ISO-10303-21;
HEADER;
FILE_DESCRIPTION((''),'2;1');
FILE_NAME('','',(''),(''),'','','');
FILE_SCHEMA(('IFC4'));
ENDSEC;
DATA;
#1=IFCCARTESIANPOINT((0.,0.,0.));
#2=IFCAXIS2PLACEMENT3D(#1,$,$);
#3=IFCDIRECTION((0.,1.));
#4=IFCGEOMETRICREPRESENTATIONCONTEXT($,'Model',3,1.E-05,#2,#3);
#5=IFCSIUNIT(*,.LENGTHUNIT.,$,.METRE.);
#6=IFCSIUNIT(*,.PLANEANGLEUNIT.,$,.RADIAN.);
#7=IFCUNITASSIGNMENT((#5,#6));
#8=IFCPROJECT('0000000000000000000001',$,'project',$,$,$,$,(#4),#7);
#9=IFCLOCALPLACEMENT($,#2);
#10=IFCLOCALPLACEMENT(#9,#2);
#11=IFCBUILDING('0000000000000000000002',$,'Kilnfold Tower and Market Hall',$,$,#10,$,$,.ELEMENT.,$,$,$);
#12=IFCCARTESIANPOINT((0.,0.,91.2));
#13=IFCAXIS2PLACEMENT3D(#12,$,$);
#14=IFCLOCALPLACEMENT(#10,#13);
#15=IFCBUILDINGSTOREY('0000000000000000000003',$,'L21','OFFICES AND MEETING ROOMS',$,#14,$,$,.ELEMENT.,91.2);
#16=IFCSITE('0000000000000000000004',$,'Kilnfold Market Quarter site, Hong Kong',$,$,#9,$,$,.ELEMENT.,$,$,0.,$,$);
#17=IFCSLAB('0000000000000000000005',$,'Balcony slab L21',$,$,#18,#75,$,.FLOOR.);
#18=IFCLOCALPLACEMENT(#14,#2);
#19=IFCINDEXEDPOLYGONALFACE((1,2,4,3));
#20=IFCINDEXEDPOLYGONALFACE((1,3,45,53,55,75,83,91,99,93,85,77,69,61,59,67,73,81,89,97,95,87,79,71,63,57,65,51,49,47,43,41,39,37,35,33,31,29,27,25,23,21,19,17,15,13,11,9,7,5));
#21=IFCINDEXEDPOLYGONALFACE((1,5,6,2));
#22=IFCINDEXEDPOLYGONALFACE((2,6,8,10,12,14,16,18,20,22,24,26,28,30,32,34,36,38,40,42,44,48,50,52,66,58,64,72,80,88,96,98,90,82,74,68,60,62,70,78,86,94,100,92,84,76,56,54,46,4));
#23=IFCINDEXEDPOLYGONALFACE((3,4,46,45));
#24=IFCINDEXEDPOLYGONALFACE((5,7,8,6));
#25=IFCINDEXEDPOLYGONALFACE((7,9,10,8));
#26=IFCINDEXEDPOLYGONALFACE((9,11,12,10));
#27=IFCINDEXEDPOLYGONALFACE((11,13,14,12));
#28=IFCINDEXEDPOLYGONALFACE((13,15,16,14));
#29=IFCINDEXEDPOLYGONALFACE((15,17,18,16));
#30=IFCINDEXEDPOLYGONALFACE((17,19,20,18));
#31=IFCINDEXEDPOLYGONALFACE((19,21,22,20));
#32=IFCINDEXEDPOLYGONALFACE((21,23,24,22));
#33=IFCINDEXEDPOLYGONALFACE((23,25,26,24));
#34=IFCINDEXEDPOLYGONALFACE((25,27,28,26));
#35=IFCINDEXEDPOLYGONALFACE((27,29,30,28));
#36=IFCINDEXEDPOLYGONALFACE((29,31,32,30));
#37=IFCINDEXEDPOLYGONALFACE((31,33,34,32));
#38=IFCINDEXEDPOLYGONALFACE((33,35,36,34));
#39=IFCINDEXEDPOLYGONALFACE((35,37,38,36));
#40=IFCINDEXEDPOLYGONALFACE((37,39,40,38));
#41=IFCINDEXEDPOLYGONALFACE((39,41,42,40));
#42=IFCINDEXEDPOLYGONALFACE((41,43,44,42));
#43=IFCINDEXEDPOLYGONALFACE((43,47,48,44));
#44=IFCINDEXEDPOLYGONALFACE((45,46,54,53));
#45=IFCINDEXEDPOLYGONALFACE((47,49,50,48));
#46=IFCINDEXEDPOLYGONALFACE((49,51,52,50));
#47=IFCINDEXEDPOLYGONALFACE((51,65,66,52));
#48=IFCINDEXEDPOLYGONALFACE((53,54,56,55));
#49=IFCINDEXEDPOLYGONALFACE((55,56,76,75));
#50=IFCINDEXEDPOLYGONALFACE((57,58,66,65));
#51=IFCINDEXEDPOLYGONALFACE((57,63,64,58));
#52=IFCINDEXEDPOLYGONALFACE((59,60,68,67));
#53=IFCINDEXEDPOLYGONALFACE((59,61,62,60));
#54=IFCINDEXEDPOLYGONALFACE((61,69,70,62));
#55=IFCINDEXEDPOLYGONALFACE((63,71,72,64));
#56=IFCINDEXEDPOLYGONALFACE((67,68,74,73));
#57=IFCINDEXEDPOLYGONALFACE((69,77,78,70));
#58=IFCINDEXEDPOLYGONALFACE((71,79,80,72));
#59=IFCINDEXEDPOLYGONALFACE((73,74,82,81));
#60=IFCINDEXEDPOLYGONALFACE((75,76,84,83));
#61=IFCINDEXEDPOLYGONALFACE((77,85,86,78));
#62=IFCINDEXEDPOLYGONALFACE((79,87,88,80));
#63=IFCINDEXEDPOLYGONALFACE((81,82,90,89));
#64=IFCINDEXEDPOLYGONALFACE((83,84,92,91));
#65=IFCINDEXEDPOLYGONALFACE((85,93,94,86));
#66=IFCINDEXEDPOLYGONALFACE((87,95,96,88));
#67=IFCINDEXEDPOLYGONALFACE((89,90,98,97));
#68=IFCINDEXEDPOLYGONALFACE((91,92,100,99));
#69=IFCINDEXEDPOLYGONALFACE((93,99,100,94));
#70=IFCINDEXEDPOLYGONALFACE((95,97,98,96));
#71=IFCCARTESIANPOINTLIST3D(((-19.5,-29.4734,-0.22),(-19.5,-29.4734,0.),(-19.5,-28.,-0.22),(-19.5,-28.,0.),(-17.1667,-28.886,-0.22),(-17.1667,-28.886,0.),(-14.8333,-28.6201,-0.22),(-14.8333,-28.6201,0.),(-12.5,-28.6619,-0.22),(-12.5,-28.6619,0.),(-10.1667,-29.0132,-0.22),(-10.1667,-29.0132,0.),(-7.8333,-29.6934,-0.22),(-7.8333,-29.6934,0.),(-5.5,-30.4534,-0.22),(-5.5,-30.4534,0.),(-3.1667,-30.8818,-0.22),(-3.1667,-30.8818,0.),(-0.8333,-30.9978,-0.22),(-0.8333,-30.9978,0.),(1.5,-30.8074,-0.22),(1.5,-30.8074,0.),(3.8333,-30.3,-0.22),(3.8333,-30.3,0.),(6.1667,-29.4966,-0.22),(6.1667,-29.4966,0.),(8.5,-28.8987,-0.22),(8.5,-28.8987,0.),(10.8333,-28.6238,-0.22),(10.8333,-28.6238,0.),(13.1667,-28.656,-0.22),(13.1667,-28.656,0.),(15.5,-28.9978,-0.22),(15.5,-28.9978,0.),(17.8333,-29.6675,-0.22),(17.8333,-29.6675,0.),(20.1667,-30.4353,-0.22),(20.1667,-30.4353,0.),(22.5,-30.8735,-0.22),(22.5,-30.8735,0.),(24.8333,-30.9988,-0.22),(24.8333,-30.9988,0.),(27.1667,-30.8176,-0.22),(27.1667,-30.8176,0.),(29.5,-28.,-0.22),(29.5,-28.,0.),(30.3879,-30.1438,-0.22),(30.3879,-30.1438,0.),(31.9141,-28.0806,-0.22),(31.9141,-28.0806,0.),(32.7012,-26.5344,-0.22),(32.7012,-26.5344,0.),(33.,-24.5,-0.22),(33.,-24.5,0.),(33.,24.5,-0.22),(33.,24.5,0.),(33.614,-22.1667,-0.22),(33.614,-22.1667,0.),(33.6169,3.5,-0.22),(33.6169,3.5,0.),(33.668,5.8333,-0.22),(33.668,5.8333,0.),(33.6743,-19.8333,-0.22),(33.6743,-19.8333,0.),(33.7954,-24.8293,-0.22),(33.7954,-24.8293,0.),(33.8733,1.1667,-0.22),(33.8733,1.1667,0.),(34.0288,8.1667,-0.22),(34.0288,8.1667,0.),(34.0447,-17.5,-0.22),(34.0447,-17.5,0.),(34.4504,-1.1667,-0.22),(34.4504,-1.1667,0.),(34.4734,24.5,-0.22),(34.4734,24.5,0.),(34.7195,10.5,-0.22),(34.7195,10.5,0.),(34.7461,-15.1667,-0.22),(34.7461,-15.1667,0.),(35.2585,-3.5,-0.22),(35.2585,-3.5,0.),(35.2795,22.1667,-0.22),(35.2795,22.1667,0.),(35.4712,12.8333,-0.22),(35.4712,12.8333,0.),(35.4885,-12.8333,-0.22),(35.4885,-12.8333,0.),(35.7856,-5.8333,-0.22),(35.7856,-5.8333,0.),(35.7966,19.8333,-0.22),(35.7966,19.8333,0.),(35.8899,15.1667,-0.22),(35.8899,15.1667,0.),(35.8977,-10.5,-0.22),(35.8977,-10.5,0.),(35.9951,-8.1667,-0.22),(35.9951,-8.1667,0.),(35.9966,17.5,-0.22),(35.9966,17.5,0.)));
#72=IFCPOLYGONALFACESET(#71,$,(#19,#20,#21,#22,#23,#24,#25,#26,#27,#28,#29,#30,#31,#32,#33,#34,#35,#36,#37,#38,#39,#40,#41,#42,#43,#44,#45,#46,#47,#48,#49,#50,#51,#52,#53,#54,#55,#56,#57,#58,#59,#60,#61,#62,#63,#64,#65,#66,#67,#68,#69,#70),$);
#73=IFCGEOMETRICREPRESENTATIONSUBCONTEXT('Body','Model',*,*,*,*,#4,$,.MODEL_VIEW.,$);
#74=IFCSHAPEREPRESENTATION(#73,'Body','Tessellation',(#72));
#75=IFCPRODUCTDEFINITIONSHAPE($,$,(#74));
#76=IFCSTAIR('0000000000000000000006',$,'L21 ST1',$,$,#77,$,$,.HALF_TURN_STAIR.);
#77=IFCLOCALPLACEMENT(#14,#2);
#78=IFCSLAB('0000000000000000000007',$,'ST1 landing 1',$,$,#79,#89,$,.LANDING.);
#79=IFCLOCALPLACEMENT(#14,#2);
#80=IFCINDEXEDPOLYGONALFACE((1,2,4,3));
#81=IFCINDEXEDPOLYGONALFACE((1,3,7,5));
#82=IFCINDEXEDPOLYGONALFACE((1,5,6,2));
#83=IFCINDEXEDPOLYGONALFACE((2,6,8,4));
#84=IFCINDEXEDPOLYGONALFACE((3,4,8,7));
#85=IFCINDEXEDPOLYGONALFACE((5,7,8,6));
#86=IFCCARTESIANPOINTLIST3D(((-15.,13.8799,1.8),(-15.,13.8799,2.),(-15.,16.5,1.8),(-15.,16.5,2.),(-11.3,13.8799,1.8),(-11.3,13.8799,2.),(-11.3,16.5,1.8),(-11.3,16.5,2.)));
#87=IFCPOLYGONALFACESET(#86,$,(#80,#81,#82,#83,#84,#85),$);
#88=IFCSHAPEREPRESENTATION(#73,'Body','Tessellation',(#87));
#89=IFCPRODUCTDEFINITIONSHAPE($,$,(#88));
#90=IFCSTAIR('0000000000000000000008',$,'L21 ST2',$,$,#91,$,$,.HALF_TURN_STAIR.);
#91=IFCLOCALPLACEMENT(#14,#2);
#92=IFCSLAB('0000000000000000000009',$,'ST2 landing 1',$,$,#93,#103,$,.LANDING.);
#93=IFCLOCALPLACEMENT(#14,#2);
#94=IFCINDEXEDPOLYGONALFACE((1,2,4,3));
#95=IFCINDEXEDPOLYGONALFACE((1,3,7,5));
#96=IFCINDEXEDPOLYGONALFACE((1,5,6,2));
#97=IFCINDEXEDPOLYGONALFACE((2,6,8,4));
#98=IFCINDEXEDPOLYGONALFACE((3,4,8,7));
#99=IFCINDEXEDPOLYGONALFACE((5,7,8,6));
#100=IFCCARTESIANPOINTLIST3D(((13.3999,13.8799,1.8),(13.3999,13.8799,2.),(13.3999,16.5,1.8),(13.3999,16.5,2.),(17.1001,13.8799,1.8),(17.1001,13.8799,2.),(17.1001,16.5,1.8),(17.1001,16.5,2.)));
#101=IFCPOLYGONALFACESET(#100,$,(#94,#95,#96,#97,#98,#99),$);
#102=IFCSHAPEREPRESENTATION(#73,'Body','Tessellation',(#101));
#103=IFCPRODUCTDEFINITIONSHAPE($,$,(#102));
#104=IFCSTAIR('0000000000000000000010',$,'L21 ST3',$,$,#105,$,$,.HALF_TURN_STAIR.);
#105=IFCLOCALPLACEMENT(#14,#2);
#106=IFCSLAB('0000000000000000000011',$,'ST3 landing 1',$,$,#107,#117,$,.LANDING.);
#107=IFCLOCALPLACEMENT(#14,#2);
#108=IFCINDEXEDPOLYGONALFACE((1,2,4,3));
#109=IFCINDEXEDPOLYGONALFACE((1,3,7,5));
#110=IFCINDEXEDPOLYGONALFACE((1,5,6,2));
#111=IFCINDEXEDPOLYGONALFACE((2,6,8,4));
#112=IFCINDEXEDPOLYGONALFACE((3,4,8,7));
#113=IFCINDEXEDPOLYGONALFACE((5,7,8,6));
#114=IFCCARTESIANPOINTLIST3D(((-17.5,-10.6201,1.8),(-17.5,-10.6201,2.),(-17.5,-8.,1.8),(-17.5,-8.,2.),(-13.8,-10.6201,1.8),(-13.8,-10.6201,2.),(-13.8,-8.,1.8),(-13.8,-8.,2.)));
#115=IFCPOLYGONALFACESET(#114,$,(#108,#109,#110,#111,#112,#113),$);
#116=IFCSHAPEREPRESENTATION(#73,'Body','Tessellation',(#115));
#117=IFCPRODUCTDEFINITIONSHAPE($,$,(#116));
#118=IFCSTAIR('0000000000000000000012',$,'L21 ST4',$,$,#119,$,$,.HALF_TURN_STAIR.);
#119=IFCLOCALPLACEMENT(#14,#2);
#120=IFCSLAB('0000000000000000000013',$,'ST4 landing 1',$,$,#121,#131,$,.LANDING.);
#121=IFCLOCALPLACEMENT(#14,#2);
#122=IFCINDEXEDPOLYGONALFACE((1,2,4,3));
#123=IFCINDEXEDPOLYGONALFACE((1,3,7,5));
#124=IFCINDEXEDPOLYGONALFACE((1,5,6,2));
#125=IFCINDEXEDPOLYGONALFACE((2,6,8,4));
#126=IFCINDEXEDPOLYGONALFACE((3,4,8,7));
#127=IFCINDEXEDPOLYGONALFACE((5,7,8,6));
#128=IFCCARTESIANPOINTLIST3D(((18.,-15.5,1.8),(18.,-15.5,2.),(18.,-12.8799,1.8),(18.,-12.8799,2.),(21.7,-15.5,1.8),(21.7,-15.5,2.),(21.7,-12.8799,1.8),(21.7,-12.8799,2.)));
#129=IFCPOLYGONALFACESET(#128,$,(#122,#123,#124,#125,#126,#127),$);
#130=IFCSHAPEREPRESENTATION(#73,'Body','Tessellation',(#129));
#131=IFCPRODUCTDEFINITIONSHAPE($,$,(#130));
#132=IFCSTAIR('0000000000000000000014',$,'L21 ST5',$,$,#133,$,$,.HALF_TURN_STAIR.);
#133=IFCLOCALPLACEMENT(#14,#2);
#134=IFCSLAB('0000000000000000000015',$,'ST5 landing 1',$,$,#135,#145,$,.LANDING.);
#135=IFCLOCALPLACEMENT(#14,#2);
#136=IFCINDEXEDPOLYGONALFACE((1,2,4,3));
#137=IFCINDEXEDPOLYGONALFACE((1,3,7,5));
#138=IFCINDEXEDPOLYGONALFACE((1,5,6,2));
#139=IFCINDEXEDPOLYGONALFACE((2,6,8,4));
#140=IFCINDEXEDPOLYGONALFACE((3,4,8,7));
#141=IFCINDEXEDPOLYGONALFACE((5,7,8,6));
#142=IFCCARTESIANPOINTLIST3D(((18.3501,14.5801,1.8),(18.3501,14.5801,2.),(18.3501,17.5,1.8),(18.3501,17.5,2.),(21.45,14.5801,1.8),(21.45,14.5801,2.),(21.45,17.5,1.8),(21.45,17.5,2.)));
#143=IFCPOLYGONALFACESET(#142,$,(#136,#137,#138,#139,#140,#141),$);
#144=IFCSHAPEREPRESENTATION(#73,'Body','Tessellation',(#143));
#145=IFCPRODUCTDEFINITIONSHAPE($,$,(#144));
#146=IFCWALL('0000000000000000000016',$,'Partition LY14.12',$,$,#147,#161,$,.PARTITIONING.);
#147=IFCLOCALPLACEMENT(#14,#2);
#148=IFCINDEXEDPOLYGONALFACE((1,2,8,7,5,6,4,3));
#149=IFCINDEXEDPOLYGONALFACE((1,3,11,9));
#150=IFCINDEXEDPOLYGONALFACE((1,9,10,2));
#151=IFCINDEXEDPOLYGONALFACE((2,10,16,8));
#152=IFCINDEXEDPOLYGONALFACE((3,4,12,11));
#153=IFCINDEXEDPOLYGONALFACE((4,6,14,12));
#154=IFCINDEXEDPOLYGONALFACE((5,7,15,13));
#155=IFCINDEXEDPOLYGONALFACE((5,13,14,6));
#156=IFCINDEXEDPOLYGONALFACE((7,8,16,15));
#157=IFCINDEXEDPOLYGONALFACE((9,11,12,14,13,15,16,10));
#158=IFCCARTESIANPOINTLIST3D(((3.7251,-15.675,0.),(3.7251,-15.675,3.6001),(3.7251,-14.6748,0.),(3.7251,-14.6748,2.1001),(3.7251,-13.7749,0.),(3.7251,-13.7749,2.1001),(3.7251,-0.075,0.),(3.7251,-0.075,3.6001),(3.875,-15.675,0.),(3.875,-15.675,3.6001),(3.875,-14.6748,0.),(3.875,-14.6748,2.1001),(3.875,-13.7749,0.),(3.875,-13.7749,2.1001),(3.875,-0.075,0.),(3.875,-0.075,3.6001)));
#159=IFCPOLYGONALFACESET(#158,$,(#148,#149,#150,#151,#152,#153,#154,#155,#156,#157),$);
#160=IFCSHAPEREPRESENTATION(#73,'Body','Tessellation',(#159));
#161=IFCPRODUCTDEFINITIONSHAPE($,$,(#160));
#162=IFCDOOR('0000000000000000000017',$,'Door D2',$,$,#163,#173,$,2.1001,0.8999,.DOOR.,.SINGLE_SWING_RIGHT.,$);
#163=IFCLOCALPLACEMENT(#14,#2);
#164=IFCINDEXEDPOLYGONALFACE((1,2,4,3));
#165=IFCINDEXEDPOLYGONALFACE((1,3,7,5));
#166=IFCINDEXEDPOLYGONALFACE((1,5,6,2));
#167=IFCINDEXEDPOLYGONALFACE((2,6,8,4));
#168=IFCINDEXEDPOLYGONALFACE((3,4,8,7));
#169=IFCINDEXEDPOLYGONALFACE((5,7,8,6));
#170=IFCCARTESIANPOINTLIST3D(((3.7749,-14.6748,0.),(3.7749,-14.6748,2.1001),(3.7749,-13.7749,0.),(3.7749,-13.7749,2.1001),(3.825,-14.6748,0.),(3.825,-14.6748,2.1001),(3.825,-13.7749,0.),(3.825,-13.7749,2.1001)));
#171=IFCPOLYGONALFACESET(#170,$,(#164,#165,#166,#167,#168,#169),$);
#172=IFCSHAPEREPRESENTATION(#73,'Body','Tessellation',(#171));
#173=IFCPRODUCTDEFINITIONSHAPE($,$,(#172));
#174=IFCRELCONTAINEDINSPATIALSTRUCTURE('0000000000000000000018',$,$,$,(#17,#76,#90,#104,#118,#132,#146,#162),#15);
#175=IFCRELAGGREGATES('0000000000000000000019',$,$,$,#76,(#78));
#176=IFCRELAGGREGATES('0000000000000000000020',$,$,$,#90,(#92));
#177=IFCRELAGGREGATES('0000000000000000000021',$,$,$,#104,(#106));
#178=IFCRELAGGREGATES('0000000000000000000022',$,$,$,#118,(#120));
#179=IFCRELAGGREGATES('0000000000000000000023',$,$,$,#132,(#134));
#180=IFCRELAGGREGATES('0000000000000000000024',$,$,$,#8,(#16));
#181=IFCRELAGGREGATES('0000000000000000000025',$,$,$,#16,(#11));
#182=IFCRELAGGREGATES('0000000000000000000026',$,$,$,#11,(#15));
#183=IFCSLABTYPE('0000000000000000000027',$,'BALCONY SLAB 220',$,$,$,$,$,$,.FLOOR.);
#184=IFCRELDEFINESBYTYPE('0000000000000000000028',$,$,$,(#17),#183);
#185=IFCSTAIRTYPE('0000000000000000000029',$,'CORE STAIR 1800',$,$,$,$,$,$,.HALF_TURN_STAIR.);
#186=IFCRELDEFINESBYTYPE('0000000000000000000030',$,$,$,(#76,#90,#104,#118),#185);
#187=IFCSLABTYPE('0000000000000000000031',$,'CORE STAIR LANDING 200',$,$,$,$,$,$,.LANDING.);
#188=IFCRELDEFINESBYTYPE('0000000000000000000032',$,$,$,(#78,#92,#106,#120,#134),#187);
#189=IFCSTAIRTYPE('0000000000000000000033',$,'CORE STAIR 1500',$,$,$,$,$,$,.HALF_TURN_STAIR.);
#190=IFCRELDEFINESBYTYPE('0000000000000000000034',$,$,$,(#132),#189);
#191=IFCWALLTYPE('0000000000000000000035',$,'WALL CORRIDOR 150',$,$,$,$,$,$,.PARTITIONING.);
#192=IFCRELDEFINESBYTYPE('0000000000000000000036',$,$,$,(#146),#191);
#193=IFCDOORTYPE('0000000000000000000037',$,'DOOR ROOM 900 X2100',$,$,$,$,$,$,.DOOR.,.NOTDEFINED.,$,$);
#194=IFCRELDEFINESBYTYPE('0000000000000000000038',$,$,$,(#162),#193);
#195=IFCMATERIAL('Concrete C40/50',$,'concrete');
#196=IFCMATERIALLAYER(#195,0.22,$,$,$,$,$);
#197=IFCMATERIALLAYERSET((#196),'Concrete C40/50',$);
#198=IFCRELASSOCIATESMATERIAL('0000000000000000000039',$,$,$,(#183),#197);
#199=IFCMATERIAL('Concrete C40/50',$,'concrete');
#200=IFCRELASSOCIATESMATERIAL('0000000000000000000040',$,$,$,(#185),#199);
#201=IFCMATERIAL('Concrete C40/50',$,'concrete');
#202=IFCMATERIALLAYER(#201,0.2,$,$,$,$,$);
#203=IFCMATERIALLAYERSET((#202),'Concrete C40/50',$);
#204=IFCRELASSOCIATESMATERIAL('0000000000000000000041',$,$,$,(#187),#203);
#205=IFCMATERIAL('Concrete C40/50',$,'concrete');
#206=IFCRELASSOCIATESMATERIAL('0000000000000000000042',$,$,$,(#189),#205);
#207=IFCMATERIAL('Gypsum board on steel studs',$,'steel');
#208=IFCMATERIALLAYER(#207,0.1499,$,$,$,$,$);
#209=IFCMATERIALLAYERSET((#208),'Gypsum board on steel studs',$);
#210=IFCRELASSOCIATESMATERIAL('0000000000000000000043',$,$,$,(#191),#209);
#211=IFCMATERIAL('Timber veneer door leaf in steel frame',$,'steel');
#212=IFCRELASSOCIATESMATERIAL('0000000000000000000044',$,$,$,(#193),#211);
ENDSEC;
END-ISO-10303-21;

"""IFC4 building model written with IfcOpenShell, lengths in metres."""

from ifc_helpers import new_model, si_unit, direction, frame, frame_2d, origin, place, context, subcontext, project, spatial, polyline, rectangle, outline, extrude, source, transform, mapped, material, layer, layer_set, type_object, element, fill, aggregate, save


model = new_model("IFC4")

# Units and contexts
model_context = context("Model", 3, precision=1e-05, world=origin(), true_north=direction((0.0, 1.0)))
body_context = subcontext(model_context, "Body", "Model", "MODEL_VIEW")
ifc_project = project(units=[si_unit("LENGTHUNIT", "METRE"), si_unit("PLANEANGLEUNIT", "RADIAN")], contexts=[model_context])

# Site, building, storey
site_placement = place(None, origin())
site = spatial("IfcSite", under=ifc_project, at=site_placement, Name="Kilnfold Market Quarter site, Hong Kong", CompositionType="ELEMENT", RefElevation=0.0)
building_placement = place(site_placement, origin())
building = spatial("IfcBuilding", under=site, at=building_placement, Name="Kilnfold Tower and Market Hall", CompositionType="ELEMENT")
storey_placement = place(building_placement, frame((0.0, 0.0, 91.2)))
storey = spatial("IfcBuildingStorey", under=building, at=storey_placement, Name="L21", Description="OFFICES AND MEETING ROOMS", CompositionType="ELEMENT", Elevation=91.2)

# Slab
ifc_material_1 = material(Name="Concrete C40/50", Category="concrete")
ifc_layer_1 = layer(ifc_material_1, 0.22)
ifc_layer_set_1 = layer_set([ifc_layer_1], Name="Concrete C40/50")
slab_type_1 = type_object("IfcSlabType", Name="BALCONY SLAB 220", PredefinedType="FLOOR", material=ifc_layer_set_1)
shared_shape_1 = source(origin(), body_context, "Body", "SweptSolid", [
    extrude(outline(polyline([(-19.5, -28.0), (29.5, -28.0), (33.0, -24.5), (33.0, 24.5), (34.4734, 24.5), (35.2795, 22.1667), (35.7966, 19.8333), (35.9966, 17.5), (35.8899, 15.1667), (35.4712, 12.8333), (34.7195, 10.5), (34.0288, 8.1667), (33.668, 5.8333), (33.6169, 3.5), (33.8733, 1.1667), (34.4504, -1.1667), (35.2585, -3.5), (35.7856, -5.8333), (35.9951, -8.1667), (35.8977, -10.5), (35.4885, -12.8333), (34.7461, -15.1667), (34.0447, -17.5), (33.6743, -19.8333), (33.614, -22.1667), (33.7954, -24.8293), (32.7012, -26.5344), (31.9141, -28.0806), (30.3879, -30.1438), (27.1667, -30.8176), (24.8333, -30.9988), (22.5, -30.8735), (20.1667, -30.4353), (17.8333, -29.6675), (15.5, -28.9978), (13.1667, -28.656), (10.8333, -28.6238), (8.5, -28.8987), (6.1667, -29.4966), (3.8333, -30.3), (1.5, -30.8074), (-0.8333, -30.9978), (-3.1667, -30.8818), (-5.5, -30.4534), (-7.8333, -29.6934), (-10.1667, -29.0132), (-12.5, -28.6619), (-14.8333, -28.6201), (-17.1667, -28.886), (-19.5, -29.4734), (-19.5, -28.0)])), origin(), (0.0, 0.0, 1.0), 0.22),
])
slab_1_placement = place(storey_placement, frame((0.0, 0.0, -0.22)))
element("IfcSlab", 1, at=slab_1_placement, inside=storey, type_object=slab_type_1, Name="Balcony slab L21", PredefinedType="FLOOR", context=body_context, shape_type="MappedRepresentation", body=[
    mapped(shared_shape_1, transform((0.0, 0.0, 0.0))),
])

# Stairs, slabs
ifc_material_2 = material(Name="Concrete C40/50", Category="concrete")
stair_type_1 = type_object("IfcStairType", Name="CORE STAIR 1800", PredefinedType="HALF_TURN_STAIR", material=ifc_material_2)
stair_1_placement = place(storey_placement, origin())
stair_1 = element("IfcStair", 2, at=stair_1_placement, inside=storey, type_object=stair_type_1, Name="L21 ST1", PredefinedType="HALF_TURN_STAIR")
ifc_material_3 = material(Name="Concrete C40/50", Category="concrete")
ifc_layer_2 = layer(ifc_material_3, 0.2)
ifc_layer_set_2 = layer_set([ifc_layer_2], Name="Concrete C40/50")
slab_type_2 = type_object("IfcSlabType", Name="CORE STAIR LANDING 200", PredefinedType="LANDING", material=ifc_layer_set_2)
shared_shape_2 = source(origin(), body_context, "Body", "SweptSolid", [
    extrude(outline(polyline([(-11.3, 13.8799), (-11.3, 16.5), (-15.0, 16.5), (-15.0, 13.8799), (-11.3, 13.8799)])), origin(), (0.0, 0.0, 1.0), 0.2),
])
slab_2_placement = place(storey_placement, frame((0.0, 0.0, 1.8)))
slab_2 = element("IfcSlab", 3, at=slab_2_placement, type_object=slab_type_2, Name="ST1 landing 1", PredefinedType="LANDING", context=body_context, shape_type="MappedRepresentation", body=[
    mapped(shared_shape_2, transform((0.0, 0.0, 0.0))),
])
aggregate(stair_1, [slab_2])
stair_2_placement = place(storey_placement, origin())
stair_2 = element("IfcStair", 4, at=stair_2_placement, inside=storey, type_object=stair_type_1, Name="L21 ST2", PredefinedType="HALF_TURN_STAIR")
shared_shape_3 = source(origin(), body_context, "Body", "SweptSolid", [
    extrude(outline(polyline([(17.1001, 13.8799), (17.1001, 16.5), (13.3999, 16.5), (13.3999, 13.8799), (17.1001, 13.8799)])), origin(), (0.0, 0.0, 1.0), 0.2),
])
slab_3_placement = place(storey_placement, frame((0.0, 0.0, 1.8)))
slab_3 = element("IfcSlab", 5, at=slab_3_placement, type_object=slab_type_2, Name="ST2 landing 1", PredefinedType="LANDING", context=body_context, shape_type="MappedRepresentation", body=[
    mapped(shared_shape_3, transform((0.0, 0.0, 0.0))),
])
aggregate(stair_2, [slab_3])
stair_3_placement = place(storey_placement, origin())
stair_3 = element("IfcStair", 6, at=stair_3_placement, inside=storey, type_object=stair_type_1, Name="L21 ST3", PredefinedType="HALF_TURN_STAIR")
shared_shape_4 = source(origin(), body_context, "Body", "SweptSolid", [
    extrude(outline(polyline([(-13.8, -10.6201), (-13.8, -8.0), (-17.5, -8.0), (-17.5, -10.6201), (-13.8, -10.6201)])), origin(), (0.0, 0.0, 1.0), 0.2),
])
slab_4_placement = place(storey_placement, frame((0.0, 0.0, 1.8)))
slab_4 = element("IfcSlab", 7, at=slab_4_placement, type_object=slab_type_2, Name="ST3 landing 1", PredefinedType="LANDING", context=body_context, shape_type="MappedRepresentation", body=[
    mapped(shared_shape_4, transform((0.0, 0.0, 0.0))),
])
aggregate(stair_3, [slab_4])
stair_4_placement = place(storey_placement, origin())
stair_4 = element("IfcStair", 8, at=stair_4_placement, inside=storey, type_object=stair_type_1, Name="L21 ST4", PredefinedType="HALF_TURN_STAIR")
shared_shape_5 = source(origin(), body_context, "Body", "SweptSolid", [
    extrude(outline(polyline([(18.0, -12.8799), (18.0, -15.5), (21.7, -15.5), (21.7, -12.8799), (18.0, -12.8799)])), origin(), (0.0, 0.0, 1.0), 0.2),
])
slab_5_placement = place(storey_placement, frame((0.0, 0.0, 1.8)))
slab_5 = element("IfcSlab", 9, at=slab_5_placement, type_object=slab_type_2, Name="ST4 landing 1", PredefinedType="LANDING", context=body_context, shape_type="MappedRepresentation", body=[
    mapped(shared_shape_5, transform((0.0, 0.0, 0.0))),
])
aggregate(stair_4, [slab_5])
ifc_material_4 = material(Name="Concrete C40/50", Category="concrete")
stair_type_2 = type_object("IfcStairType", Name="CORE STAIR 1500", PredefinedType="HALF_TURN_STAIR", material=ifc_material_4)
stair_5_placement = place(storey_placement, origin())
stair_5 = element("IfcStair", 10, at=stair_5_placement, inside=storey, type_object=stair_type_2, Name="L21 ST5", PredefinedType="HALF_TURN_STAIR")
shared_shape_6 = source(origin(), body_context, "Body", "SweptSolid", [
    extrude(outline(polyline([(21.45, 14.5801), (21.45, 17.5), (18.3501, 17.5), (18.3501, 14.5801), (21.45, 14.5801)])), origin(), (0.0, 0.0, 1.0), 0.2),
])
slab_6_placement = place(storey_placement, frame((0.0, 0.0, 1.8)))
slab_6 = element("IfcSlab", 11, at=slab_6_placement, type_object=slab_type_2, Name="ST5 landing 1", PredefinedType="LANDING", context=body_context, shape_type="MappedRepresentation", body=[
    mapped(shared_shape_6, transform((0.0, 0.0, 0.0))),
])
aggregate(stair_5, [slab_6])

# Wall, opening, door
ifc_material_5 = material(Name="Gypsum board on steel studs", Category="steel")
ifc_layer_3 = layer(ifc_material_5, 0.1499)
ifc_layer_set_3 = layer_set([ifc_layer_3], Name="Gypsum board on steel studs")
wall_type_1 = type_object("IfcWallType", Name="WALL CORRIDOR 150", PredefinedType="PARTITIONING", material=ifc_layer_set_3)
wall_1_placement = place(storey_placement, frame((3.8, -0.075, 0.0), z_axis=(0.0, 0.0, 1.0), x_axis=(0.0, -1.0, 0.0)))
wall_1 = element("IfcWall", 12, at=wall_1_placement, inside=storey, type_object=wall_type_1, Name="Partition LY14.12", PredefinedType="PARTITIONING", context=body_context, shape_type="SweptSolid", body=[
    extrude(rectangle(XDim=15.6001, YDim=0.1499, at=frame_2d((7.8, 0.0))), origin(), (0.0, 0.0, 1.0), 3.6001),
])
opening_1_placement = place(wall_1_placement, frame((13.7, 0.0, 0.0)))
opening_1 = element("IfcOpeningElement", 13, at=opening_1_placement, cuts=wall_1, PredefinedType="OPENING", context=body_context, shape_type="SweptSolid", body=[
    extrude(rectangle(XDim=0.8999, YDim=2.1001, at=frame_2d((0.45, 1.05))), frame((0.0, 0.085, 0.0), z_axis=(0.0, -1.0, 0.0), x_axis=(1.0, 0.0, 0.0)), (0.0, 0.0, 1.0), 0.1699),
])
ifc_material_6 = material(Name="Timber veneer door leaf in steel frame", Category="steel")
door_type_1 = type_object("IfcDoorType", Name="DOOR ROOM 900 X2100", OperationType="NOTDEFINED", PredefinedType="DOOR", material=ifc_material_6)
door_1_placement = place(opening_1_placement, origin())
door_1 = element("IfcDoor", 14, at=door_1_placement, inside=storey, type_object=door_type_1, Name="Door D2", OperationType="SINGLE_SWING_RIGHT", OverallHeight=2.1001, OverallWidth=0.8999, PredefinedType="DOOR", context=body_context, shape_type="SweptSolid", body=[
    extrude(rectangle(XDim=0.8999, YDim=2.1001, at=frame_2d((0.45, 1.05))), frame((0.0, 0.0249, 0.0), z_axis=(0.0, -1.0, 0.0), x_axis=(1.0, 0.0, 0.0)), (0.0, 0.0, 1.0), 0.05),
])
fill(opening_1, door_1)

save(model, "model.ifc")
